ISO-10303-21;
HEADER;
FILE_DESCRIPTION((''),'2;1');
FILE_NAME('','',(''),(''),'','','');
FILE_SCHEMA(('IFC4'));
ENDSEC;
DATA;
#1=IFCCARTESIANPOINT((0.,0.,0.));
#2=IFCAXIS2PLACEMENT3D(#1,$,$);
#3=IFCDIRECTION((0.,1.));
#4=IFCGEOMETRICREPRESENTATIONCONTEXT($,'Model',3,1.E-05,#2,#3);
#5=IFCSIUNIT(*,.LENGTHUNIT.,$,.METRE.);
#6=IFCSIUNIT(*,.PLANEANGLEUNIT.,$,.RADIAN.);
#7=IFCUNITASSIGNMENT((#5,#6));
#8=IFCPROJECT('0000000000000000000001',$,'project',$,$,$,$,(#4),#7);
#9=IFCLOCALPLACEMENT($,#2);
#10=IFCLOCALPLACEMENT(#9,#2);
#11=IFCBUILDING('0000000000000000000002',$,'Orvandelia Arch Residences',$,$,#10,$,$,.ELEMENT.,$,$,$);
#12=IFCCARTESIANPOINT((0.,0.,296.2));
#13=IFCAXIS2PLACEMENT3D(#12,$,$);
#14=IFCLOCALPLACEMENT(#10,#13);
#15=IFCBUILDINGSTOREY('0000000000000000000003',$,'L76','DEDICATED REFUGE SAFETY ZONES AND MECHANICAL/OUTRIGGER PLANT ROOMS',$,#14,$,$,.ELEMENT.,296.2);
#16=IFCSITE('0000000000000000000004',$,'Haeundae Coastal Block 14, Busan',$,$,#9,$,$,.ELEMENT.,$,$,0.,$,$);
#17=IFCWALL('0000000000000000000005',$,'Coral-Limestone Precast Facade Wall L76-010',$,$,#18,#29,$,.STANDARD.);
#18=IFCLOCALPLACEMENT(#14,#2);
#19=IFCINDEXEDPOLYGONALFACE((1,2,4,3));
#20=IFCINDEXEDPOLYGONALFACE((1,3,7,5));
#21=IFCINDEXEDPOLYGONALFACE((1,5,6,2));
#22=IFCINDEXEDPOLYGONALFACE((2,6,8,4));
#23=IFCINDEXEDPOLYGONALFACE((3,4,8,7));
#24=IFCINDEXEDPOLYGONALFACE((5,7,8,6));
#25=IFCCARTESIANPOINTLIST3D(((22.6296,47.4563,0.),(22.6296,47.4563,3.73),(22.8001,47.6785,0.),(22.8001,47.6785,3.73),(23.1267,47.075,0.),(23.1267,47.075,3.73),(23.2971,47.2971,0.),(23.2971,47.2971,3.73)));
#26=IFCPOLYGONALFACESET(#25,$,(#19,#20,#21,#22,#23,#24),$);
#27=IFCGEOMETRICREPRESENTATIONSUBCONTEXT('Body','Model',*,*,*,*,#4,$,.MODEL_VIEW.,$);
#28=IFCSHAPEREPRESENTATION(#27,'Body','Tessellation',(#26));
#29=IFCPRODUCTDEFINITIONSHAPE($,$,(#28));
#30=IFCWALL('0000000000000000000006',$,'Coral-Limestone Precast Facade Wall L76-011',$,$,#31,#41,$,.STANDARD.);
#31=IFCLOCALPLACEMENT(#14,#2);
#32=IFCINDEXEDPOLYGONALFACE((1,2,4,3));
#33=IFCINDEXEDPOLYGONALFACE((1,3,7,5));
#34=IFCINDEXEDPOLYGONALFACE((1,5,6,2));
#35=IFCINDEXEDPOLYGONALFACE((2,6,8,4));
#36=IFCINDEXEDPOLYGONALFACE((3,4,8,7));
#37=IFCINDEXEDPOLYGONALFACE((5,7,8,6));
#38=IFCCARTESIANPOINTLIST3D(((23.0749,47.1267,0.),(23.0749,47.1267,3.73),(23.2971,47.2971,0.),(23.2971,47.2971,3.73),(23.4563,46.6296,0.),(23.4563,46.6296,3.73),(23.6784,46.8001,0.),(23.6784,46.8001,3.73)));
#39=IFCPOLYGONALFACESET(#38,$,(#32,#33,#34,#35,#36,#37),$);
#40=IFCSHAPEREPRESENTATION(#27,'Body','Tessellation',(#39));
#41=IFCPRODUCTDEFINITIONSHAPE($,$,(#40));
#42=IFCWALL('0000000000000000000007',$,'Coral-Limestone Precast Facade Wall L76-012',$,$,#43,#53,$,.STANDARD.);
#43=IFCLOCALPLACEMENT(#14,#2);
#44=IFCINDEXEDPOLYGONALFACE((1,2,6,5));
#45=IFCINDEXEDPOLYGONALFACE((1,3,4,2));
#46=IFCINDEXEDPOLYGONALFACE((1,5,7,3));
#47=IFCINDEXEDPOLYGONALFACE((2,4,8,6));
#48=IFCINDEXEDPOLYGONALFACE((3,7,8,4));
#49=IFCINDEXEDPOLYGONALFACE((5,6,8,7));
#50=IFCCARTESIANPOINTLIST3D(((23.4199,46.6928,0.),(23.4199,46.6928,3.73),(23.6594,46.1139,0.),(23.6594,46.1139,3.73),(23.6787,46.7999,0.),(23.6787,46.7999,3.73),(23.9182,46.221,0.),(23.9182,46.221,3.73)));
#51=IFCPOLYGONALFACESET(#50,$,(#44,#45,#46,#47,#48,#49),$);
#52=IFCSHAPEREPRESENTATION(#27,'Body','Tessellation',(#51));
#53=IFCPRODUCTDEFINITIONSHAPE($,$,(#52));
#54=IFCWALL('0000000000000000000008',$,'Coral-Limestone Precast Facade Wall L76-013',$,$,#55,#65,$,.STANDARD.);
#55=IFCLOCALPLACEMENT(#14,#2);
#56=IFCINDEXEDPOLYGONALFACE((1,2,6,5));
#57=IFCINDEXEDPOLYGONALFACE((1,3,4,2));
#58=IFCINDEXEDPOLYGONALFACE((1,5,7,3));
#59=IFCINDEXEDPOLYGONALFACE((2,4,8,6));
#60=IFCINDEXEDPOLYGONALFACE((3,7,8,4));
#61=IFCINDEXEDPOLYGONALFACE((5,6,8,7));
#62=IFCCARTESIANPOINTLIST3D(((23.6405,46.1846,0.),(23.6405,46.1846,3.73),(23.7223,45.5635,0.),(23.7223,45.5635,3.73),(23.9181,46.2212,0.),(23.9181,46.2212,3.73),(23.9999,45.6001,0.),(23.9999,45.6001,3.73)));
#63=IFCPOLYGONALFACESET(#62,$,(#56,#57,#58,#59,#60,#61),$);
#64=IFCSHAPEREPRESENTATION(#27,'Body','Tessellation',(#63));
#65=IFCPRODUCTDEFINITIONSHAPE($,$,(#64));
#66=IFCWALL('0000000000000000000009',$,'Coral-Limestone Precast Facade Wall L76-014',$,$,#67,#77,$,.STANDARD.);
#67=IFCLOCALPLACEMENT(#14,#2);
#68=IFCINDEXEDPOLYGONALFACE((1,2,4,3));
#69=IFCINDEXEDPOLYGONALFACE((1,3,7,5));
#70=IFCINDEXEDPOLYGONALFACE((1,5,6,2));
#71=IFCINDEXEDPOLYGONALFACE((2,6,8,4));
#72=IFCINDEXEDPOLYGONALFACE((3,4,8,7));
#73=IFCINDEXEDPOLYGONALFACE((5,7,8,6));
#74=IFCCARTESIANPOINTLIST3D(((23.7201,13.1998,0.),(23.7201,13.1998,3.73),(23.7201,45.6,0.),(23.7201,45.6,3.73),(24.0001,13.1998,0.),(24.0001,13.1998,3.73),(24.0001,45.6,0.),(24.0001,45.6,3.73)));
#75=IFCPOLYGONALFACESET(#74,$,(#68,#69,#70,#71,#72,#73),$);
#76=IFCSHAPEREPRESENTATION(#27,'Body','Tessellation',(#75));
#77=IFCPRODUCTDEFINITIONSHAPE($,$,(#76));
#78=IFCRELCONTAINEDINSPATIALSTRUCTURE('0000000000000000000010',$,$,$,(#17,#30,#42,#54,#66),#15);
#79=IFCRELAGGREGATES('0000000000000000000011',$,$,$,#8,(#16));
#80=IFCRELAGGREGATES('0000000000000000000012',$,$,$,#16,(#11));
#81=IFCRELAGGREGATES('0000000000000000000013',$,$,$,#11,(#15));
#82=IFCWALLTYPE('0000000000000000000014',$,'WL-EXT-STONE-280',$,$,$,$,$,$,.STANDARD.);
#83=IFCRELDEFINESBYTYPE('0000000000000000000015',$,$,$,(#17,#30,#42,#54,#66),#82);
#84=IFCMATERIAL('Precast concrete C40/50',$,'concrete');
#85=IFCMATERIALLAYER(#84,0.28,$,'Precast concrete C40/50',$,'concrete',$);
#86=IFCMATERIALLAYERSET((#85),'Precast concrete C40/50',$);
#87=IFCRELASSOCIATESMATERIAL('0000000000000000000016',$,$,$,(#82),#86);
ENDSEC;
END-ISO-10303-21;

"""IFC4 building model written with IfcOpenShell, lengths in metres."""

from ifc_helpers import new_model, si_unit, direction, frame, frame_2d, origin, place, context, subcontext, project, spatial, rectangle, extrude, material, layer, layer_set, type_object, element, save


model = new_model("IFC4")

# Units and contexts
model_context = context("Model", 3, precision=1e-05, world=origin(), true_north=direction((0.0, 1.0)))
body_context = subcontext(model_context, "Body", "Model", "MODEL_VIEW")
ifc_project = project(units=[si_unit("LENGTHUNIT", "METRE"), si_unit("PLANEANGLEUNIT", "RADIAN")], contexts=[model_context])

# Site, building, storey
site_placement = place(None, origin())
site = spatial("IfcSite", under=ifc_project, at=site_placement, Name="Haeundae Coastal Block 14, Busan", CompositionType="ELEMENT", RefElevation=0.0)
building_placement = place(site_placement, origin())
building = spatial("IfcBuilding", under=site, at=building_placement, Name="Orvandelia Arch Residences", CompositionType="ELEMENT")
storey_placement = place(building_placement, frame((0.0, 0.0, 296.2)))
storey = spatial("IfcBuildingStorey", under=building, at=storey_placement, Name="L76", Description="DEDICATED REFUGE SAFETY ZONES AND MECHANICAL/OUTRIGGER PLANT ROOMS", CompositionType="ELEMENT", Elevation=296.2)

# Walls
ifc_material_1 = material(Name="Precast concrete C40/50", Category="concrete")
ifc_layer_1 = layer(ifc_material_1, 0.28, Name="Precast concrete C40/50", Category="concrete")
ifc_layer_set_1 = layer_set([ifc_layer_1], Name="Precast concrete C40/50")
wall_type = type_object("IfcWallType", Name="WL-EXT-STONE-280", PredefinedType="STANDARD", material=ifc_layer_set_1)
for number, where, z_axis, x_axis, name in (
    (1, (22.7148, 47.5674, 0.0), (0.0, 0.0, 1.0), (0.793406, -0.608693, 0.0), "Coral-Limestone Precast Facade Wall L76-010"),
    (2, (23.186, 47.2119, 0.0), (0.0, 0.0, 1.0), (0.608693, -0.793406, 0.0), "Coral-Limestone Precast Facade Wall L76-011"),
    (3, (23.5493, 46.7463, 0.0), (0.0, 0.0, 1.0), (0.382317, -0.924031, 0.0), "Coral-Limestone Precast Facade Wall L76-012"),
    (4, (23.7793, 46.2029, 0.0), (0.0, 0.0, 1.0), (0.130555, -0.991441, 0.0), "Coral-Limestone Precast Facade Wall L76-013"),
):
    element("IfcWall", number, at=place(storey_placement, frame(where, z_axis=z_axis, x_axis=x_axis)), inside=storey, type_object=wall_type, Name=name, PredefinedType="STANDARD", context=body_context, shape_type="SweptSolid", body=[
        extrude(rectangle(XDim=0.6265, YDim=0.28, at=frame_2d((0.3132, 0.0))), origin(), (0.0, 0.0, 1.0), 3.73),
    ])
wall_placement = place(storey_placement, frame((23.8601, 45.6001, 0.0), z_axis=(0.0, 0.0, 1.0), x_axis=(0.0, -1.0, 0.0)))
element("IfcWall", 5, at=wall_placement, inside=storey, type_object=wall_type, Name="Coral-Limestone Precast Facade Wall L76-014", PredefinedType="STANDARD", context=body_context, shape_type="SweptSolid", body=[
    extrude(rectangle(XDim=32.4001, YDim=0.28, at=frame_2d((16.2002, 0.0))), origin(), (0.0, 0.0, 1.0), 3.73),
])

save(model, "model.ifc")
